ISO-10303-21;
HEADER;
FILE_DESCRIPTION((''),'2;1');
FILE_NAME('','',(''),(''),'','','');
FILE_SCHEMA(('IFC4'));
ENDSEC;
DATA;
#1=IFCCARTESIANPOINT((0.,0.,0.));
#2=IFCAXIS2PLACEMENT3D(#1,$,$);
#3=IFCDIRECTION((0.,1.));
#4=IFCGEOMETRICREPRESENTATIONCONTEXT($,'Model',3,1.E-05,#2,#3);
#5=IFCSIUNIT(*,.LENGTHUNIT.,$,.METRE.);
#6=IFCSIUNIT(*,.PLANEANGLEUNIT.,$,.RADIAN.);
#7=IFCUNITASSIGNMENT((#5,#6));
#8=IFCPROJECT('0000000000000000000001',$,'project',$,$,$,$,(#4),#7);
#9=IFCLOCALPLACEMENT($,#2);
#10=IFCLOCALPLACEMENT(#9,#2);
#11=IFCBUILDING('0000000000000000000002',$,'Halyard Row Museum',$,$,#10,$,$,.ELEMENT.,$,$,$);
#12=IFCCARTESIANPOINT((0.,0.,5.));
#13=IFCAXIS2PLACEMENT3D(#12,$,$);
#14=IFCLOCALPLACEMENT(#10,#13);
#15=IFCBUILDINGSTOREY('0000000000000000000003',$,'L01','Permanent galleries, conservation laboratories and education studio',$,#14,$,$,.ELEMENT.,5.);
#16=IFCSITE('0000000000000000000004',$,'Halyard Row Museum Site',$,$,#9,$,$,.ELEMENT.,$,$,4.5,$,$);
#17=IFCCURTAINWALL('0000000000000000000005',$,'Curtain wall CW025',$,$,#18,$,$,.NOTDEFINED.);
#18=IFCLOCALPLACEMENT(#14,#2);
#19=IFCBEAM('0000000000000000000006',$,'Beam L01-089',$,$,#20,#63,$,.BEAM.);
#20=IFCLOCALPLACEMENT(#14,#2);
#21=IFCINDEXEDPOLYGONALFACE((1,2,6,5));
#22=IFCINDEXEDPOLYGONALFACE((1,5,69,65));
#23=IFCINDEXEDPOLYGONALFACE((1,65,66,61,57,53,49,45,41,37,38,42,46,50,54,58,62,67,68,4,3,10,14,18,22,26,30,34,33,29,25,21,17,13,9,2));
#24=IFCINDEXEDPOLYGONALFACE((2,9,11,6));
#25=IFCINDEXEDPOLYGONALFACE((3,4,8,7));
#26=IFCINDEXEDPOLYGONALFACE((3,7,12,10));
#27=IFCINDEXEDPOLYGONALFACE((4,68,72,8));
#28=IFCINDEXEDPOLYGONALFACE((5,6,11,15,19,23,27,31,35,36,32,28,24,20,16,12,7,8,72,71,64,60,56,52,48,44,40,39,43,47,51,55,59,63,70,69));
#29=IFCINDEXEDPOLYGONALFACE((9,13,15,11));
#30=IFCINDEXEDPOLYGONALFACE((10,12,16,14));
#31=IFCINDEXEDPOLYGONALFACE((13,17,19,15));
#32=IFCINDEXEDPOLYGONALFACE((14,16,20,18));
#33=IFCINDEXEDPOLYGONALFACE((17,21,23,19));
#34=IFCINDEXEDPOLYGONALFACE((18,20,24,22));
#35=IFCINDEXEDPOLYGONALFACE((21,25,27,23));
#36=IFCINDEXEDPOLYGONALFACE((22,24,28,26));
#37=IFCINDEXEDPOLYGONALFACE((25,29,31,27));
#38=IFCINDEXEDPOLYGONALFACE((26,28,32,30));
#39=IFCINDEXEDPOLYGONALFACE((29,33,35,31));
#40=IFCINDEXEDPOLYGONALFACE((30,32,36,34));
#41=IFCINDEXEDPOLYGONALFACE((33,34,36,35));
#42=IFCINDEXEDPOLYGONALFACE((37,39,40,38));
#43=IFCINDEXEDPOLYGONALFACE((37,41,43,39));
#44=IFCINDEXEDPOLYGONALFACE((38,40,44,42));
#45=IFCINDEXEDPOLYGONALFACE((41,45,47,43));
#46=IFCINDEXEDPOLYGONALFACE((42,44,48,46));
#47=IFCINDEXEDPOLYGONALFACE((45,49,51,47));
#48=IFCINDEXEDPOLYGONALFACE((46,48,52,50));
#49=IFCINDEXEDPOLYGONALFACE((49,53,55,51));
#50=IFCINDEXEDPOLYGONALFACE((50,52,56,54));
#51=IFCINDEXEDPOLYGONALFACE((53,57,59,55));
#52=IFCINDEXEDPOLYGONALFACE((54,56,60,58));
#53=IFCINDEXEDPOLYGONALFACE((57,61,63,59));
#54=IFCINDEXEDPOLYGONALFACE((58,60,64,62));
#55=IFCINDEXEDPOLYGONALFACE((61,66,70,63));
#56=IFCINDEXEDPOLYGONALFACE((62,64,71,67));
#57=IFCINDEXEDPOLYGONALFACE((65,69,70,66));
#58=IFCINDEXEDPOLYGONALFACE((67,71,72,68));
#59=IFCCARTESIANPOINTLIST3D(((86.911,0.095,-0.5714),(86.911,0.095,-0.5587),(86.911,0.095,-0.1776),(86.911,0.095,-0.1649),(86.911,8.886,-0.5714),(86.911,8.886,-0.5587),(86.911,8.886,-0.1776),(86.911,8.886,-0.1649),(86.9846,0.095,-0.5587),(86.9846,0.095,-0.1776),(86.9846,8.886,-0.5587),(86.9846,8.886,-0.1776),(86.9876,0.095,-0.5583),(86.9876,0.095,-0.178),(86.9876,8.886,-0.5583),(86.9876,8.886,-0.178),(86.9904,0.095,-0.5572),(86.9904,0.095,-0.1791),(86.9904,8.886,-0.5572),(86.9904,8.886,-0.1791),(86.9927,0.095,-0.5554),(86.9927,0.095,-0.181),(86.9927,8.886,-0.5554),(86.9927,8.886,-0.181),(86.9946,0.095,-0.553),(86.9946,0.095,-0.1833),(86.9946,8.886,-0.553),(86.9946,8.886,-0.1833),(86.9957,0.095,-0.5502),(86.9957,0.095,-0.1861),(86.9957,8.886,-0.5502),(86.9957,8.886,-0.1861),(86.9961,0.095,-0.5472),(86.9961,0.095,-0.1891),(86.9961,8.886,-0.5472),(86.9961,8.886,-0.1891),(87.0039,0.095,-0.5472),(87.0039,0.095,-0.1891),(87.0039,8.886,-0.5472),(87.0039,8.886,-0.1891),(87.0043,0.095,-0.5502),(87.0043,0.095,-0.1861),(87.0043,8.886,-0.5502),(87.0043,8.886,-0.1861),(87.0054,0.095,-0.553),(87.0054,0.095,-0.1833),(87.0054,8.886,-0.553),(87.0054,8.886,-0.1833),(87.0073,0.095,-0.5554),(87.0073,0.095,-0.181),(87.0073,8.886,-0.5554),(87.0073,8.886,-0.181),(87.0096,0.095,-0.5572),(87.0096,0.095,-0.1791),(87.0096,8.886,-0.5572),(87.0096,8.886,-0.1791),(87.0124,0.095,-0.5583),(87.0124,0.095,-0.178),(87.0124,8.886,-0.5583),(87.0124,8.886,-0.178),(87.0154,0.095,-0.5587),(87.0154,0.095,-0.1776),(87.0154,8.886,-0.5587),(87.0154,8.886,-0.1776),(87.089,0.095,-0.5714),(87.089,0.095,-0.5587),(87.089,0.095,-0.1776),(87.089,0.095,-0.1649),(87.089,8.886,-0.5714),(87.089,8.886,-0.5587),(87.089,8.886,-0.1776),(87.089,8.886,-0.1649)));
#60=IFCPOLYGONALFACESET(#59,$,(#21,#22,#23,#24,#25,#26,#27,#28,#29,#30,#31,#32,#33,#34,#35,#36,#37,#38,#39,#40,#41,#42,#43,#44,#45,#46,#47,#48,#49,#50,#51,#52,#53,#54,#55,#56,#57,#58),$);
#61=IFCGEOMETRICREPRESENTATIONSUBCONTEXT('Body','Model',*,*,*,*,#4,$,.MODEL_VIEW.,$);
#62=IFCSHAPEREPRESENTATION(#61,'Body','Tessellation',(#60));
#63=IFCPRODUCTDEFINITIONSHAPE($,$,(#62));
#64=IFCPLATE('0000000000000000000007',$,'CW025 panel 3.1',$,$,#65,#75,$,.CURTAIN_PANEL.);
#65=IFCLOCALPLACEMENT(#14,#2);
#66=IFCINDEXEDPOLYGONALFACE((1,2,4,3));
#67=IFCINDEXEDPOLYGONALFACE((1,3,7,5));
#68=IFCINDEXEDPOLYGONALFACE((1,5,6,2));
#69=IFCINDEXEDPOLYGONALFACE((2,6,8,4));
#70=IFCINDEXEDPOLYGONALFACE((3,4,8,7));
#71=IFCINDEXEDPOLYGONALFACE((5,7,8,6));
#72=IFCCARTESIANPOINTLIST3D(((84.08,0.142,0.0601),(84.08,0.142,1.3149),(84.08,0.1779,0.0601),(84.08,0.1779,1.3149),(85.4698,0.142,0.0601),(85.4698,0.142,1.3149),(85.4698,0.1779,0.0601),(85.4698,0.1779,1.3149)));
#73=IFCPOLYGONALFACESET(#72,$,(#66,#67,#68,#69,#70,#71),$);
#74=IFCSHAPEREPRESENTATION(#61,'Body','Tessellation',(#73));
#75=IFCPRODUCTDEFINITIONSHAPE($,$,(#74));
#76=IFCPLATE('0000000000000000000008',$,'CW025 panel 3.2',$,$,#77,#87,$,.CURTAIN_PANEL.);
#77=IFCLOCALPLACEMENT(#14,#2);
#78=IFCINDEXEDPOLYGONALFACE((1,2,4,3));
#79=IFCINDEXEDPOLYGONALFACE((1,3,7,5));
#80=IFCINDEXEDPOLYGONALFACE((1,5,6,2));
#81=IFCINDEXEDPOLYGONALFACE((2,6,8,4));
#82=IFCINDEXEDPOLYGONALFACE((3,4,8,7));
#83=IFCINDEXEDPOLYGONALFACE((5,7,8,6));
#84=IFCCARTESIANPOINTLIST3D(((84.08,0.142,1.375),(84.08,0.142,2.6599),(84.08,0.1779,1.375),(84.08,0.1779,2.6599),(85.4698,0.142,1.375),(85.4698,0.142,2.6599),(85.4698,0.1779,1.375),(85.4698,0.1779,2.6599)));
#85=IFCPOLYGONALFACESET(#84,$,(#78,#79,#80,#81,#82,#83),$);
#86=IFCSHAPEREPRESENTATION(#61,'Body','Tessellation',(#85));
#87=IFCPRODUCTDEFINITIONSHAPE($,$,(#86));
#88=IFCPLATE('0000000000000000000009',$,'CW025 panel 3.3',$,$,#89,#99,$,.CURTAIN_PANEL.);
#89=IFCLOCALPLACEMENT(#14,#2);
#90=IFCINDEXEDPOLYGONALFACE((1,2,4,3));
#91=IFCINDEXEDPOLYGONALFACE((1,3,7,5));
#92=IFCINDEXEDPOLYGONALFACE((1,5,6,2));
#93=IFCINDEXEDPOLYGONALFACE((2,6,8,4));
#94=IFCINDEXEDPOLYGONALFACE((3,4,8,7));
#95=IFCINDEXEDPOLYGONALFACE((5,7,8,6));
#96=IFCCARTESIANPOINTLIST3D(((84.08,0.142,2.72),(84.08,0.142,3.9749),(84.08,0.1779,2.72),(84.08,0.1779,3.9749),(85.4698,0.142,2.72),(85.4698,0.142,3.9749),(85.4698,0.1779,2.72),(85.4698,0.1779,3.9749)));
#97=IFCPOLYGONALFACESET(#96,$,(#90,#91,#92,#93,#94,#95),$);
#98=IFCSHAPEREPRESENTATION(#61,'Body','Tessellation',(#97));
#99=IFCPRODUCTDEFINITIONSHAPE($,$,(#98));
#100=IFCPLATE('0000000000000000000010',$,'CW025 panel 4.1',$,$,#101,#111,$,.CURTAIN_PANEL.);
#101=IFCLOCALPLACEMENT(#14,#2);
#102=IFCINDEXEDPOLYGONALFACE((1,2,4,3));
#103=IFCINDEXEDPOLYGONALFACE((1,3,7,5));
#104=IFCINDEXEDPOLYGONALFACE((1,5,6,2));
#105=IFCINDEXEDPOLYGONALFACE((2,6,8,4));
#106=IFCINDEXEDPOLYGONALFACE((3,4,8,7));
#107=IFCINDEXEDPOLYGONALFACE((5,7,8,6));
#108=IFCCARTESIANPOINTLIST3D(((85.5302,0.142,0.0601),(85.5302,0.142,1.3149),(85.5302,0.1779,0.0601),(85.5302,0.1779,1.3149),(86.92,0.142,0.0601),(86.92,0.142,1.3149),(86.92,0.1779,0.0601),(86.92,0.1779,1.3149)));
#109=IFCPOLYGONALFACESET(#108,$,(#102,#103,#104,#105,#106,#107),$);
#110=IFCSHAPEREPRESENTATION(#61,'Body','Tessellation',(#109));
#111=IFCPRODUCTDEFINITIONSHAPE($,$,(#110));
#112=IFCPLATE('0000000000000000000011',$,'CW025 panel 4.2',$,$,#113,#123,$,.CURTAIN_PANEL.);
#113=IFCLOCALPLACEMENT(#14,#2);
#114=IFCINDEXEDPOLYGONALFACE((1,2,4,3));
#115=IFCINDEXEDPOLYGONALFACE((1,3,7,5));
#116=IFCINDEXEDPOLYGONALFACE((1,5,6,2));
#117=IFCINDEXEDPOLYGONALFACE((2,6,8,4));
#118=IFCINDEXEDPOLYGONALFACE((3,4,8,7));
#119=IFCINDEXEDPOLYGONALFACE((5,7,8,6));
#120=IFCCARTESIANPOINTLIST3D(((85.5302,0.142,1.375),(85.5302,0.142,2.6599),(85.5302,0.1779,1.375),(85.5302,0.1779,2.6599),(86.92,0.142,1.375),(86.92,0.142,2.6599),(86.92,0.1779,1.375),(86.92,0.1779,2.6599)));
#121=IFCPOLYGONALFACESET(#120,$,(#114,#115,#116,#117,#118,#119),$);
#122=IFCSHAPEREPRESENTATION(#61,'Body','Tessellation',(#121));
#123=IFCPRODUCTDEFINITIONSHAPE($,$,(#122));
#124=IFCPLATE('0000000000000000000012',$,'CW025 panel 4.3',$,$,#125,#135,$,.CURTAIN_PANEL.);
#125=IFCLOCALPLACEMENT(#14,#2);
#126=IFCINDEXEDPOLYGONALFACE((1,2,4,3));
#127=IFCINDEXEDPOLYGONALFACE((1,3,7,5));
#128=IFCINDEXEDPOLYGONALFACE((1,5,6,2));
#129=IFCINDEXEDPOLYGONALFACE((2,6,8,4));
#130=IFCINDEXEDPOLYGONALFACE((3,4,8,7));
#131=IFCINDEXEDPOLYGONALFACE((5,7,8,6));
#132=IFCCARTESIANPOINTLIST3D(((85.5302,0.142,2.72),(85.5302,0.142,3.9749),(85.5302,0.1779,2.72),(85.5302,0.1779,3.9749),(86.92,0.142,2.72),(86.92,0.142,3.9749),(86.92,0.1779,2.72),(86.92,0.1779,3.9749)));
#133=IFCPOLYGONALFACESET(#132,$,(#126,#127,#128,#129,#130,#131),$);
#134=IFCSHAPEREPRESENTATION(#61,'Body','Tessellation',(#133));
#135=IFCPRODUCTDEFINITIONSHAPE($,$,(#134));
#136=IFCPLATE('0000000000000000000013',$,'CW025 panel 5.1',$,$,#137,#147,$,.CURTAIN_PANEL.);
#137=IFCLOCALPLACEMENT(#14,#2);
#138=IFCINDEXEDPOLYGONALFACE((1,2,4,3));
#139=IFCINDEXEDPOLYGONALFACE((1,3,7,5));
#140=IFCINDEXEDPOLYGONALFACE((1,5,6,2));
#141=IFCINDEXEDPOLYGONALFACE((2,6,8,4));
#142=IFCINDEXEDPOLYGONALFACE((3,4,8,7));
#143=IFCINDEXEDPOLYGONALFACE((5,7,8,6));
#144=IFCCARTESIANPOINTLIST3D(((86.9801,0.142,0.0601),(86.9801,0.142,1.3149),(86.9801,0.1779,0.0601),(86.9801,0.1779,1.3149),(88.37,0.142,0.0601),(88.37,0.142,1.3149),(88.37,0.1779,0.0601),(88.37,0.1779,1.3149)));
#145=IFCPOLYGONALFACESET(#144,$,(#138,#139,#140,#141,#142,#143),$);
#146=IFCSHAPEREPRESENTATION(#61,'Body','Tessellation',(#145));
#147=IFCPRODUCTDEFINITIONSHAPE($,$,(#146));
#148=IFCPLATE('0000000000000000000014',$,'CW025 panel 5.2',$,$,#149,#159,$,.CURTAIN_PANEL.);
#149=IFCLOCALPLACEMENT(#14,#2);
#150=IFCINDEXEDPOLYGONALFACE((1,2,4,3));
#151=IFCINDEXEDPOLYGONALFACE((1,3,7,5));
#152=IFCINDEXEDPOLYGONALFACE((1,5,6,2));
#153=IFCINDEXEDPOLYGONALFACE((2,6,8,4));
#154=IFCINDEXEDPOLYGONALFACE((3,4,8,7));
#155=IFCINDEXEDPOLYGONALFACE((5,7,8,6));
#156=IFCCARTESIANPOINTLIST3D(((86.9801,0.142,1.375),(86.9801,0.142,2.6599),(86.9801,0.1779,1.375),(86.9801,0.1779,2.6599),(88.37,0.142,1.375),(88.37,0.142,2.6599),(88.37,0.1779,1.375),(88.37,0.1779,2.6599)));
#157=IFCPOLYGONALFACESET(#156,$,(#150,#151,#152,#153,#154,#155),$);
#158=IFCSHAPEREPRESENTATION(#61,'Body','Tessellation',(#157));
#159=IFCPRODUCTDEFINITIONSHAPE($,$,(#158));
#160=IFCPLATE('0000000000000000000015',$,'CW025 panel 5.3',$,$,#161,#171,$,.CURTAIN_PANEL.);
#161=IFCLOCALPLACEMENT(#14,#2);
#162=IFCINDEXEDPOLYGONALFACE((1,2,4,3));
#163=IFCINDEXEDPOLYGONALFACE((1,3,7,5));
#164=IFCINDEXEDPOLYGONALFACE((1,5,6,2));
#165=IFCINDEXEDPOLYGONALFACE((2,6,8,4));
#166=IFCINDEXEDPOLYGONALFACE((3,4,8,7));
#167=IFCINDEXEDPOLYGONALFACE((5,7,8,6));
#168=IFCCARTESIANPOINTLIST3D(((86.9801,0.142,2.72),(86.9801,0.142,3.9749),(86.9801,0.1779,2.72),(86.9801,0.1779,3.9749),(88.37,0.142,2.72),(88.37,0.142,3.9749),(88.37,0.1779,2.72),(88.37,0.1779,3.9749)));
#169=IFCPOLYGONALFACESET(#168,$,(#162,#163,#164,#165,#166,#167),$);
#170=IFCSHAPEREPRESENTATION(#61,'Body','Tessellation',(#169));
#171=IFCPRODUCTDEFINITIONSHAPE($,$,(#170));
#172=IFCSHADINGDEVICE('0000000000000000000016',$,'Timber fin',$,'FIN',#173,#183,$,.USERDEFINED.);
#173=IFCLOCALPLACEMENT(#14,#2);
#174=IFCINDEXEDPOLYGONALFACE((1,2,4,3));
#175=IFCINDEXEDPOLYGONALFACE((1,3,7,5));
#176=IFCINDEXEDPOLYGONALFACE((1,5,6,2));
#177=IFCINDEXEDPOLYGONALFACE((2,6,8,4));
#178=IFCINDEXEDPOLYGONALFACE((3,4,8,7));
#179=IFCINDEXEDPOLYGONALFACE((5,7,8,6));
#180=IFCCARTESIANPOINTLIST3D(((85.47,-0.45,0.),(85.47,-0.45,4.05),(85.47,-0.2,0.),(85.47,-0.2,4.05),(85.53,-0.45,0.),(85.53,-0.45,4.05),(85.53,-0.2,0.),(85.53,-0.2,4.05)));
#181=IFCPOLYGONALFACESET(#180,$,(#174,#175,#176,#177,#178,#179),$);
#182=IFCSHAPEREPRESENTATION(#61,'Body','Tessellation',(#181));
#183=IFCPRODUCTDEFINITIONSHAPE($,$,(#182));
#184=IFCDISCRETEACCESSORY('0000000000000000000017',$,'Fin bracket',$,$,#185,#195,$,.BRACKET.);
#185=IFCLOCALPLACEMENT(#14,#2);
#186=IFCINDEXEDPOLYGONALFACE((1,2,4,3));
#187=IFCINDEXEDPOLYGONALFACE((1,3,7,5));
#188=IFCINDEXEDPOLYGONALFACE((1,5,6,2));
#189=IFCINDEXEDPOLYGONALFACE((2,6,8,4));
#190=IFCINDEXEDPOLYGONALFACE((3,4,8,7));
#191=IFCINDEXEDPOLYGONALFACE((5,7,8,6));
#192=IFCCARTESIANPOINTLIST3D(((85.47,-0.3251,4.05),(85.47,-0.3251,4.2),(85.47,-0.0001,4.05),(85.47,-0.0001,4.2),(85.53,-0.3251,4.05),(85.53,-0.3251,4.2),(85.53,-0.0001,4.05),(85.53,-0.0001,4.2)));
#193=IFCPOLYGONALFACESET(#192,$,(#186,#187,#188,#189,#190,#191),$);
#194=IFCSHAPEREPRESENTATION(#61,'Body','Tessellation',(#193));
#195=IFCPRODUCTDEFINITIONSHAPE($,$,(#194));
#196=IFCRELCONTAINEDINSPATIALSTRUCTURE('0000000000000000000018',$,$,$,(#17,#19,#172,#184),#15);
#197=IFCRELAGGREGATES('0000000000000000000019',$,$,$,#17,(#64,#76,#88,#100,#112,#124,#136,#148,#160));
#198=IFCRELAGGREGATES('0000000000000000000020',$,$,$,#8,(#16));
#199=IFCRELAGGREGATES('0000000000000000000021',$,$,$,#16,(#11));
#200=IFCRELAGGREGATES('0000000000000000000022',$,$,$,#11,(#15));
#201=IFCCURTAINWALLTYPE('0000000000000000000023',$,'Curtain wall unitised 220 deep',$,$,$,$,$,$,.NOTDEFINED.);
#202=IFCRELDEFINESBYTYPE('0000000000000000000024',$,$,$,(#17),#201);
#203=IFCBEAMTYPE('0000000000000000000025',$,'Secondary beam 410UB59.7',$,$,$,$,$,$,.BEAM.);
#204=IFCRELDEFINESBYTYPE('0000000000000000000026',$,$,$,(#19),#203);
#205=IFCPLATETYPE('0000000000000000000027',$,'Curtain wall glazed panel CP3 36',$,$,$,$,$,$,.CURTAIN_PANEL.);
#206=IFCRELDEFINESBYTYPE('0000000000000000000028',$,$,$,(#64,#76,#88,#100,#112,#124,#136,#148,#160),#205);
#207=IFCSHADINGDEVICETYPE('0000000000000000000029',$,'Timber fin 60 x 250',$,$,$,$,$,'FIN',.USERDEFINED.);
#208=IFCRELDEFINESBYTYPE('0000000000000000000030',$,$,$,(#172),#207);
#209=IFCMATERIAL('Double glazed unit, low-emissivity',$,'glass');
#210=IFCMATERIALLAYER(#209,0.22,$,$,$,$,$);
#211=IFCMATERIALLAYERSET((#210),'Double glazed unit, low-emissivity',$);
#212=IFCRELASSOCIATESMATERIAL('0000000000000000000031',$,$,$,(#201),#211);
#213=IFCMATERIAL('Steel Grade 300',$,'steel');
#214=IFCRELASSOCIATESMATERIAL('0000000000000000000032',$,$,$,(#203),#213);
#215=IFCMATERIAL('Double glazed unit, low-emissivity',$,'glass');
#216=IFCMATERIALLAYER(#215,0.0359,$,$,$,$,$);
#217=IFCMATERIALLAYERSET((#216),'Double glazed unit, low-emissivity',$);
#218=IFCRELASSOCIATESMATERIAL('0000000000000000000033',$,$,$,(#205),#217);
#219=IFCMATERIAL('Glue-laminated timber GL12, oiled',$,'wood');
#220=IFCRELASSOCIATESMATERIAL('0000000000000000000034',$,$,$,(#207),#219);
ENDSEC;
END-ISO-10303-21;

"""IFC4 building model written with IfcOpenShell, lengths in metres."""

from ifc_helpers import new_model, si_unit, direction, frame, origin, origin_2d, place, context, subcontext, project, spatial, rectangle, i_section, extrude, material, layer, layer_set, material_profile, profile_set, type_object, element, aggregate, save


model = new_model("IFC4")

# Units and contexts
model_context = context("Model", 3, precision=1e-05, world=origin(), true_north=direction((0.0, 1.0)))
body_context = subcontext(model_context, "Body", "Model", "MODEL_VIEW")
ifc_project = project(units=[si_unit("LENGTHUNIT", "METRE"), si_unit("PLANEANGLEUNIT", "RADIAN")], contexts=[model_context])

# Site, building, storey
site_placement = place(None, origin())
site = spatial("IfcSite", under=ifc_project, at=site_placement, Name="Halyard Row Museum Site", CompositionType="ELEMENT", RefElevation=4.5)
building_placement = place(site_placement, origin())
building = spatial("IfcBuilding", under=site, at=building_placement, Name="Halyard Row Museum", CompositionType="ELEMENT")
storey_placement = place(building_placement, frame((0.0, 0.0, 5.0)))
storey = spatial("IfcBuildingStorey", under=building, at=storey_placement, Name="L01", Description="Permanent galleries, conservation laboratories and education studio", CompositionType="ELEMENT", Elevation=5.0)

# Curtain wall
ifc_material_1 = material(Name="Double glazed unit, low-emissivity", Category="glass")
ifc_layer_1 = layer(ifc_material_1, 0.22)
ifc_layer_set_1 = layer_set([ifc_layer_1], Name="Double glazed unit, low-emissivity")
curtain_wall_type = type_object("IfcCurtainWallType", Name="Curtain wall unitised 220 deep", PredefinedType="NOTDEFINED", material=ifc_layer_set_1)
curtain_wall_placement = place(storey_placement, origin())
curtain_wall = element("IfcCurtainWall", 1, at=curtain_wall_placement, inside=storey, type_object=curtain_wall_type, Name="Curtain wall CW025", PredefinedType="NOTDEFINED")

# Beam
ifc_material_2 = material(Name="Steel Grade 300", Category="steel")
ifc_material_profile_1 = material_profile(ifc_material_2, i_section(OverallWidth=0.178, OverallDepth=0.4065, WebThickness=0.0078, FlangeThickness=0.0127, FilletRadius=0.0115, at=origin_2d()), Name="410UB59.7")
ifc_profile_set_1 = profile_set([ifc_material_profile_1], Name="Steel Grade 300")
beam_type = type_object("IfcBeamType", Name="Secondary beam 410UB59.7", PredefinedType="BEAM", material=ifc_profile_set_1)
beam_placement = place(storey_placement, frame((87.0, 0.095, -0.3682), z_axis=(0.0, 1.0, 0.0), x_axis=(-1.0, 0.0, 0.0)))
element("IfcBeam", 2, at=beam_placement, inside=storey, type_object=beam_type, Name="Beam L01-089", PredefinedType="BEAM", context=body_context, shape_type="SweptSolid", body=[
    extrude(i_section(OverallWidth=0.178, OverallDepth=0.4065, WebThickness=0.0078, FlangeThickness=0.0127, FilletRadius=0.0115, at=origin_2d()), origin(), (0.0, 0.0, 1.0), 8.791),
])

# Plates
ifc_material_3 = material(Name="Double glazed unit, low-emissivity", Category="glass")
ifc_layer_2 = layer(ifc_material_3, 0.0359)
ifc_layer_set_2 = layer_set([ifc_layer_2], Name="Double glazed unit, low-emissivity")
plate_type = type_object("IfcPlateType", Name="Curtain wall glazed panel CP3 36", PredefinedType="CURTAIN_PANEL", material=ifc_layer_set_2)
plate_1_placement = place(storey_placement, frame((84.7749, 0.1599, 0.0601), z_axis=(0.0, 0.0, 1.0), x_axis=(1.0, 0.0, 0.0)))
plate_1 = element("IfcPlate", 3, at=plate_1_placement, type_object=plate_type, Name="CW025 panel 3.1", PredefinedType="CURTAIN_PANEL", context=body_context, shape_type="SweptSolid", body=[
    extrude(rectangle(XDim=1.3899, YDim=0.0359, at=origin_2d()), origin(), (0.0, 0.0, 1.0), 1.2549),
])
plate_2_placement = place(storey_placement, frame((84.7749, 0.1599, 1.375), z_axis=(0.0, 0.0, 1.0), x_axis=(1.0, 0.0, 0.0)))
plate_2 = element("IfcPlate", 4, at=plate_2_placement, type_object=plate_type, Name="CW025 panel 3.2", PredefinedType="CURTAIN_PANEL", context=body_context, shape_type="SweptSolid", body=[
    extrude(rectangle(XDim=1.3899, YDim=0.0359, at=origin_2d()), origin(), (0.0, 0.0, 1.0), 1.2849),
])
plate_3_placement = place(storey_placement, frame((84.7749, 0.1599, 2.72), z_axis=(0.0, 0.0, 1.0), x_axis=(1.0, 0.0, 0.0)))
plate_3 = element("IfcPlate", 5, at=plate_3_placement, type_object=plate_type, Name="CW025 panel 3.3", PredefinedType="CURTAIN_PANEL", context=body_context, shape_type="SweptSolid", body=[
    extrude(rectangle(XDim=1.3899, YDim=0.0359, at=origin_2d()), origin(), (0.0, 0.0, 1.0), 1.2549),
])
plate_4_placement = place(storey_placement, frame((86.2251, 0.1599, 0.0601), z_axis=(0.0, 0.0, 1.0), x_axis=(1.0, 0.0, 0.0)))
plate_4 = element("IfcPlate", 6, at=plate_4_placement, type_object=plate_type, Name="CW025 panel 4.1", PredefinedType="CURTAIN_PANEL", context=body_context, shape_type="SweptSolid", body=[
    extrude(rectangle(XDim=1.3899, YDim=0.0359, at=origin_2d()), origin(), (0.0, 0.0, 1.0), 1.2549),
])
plate_5_placement = place(storey_placement, frame((86.2251, 0.1599, 1.375), z_axis=(0.0, 0.0, 1.0), x_axis=(1.0, 0.0, 0.0)))
plate_5 = element("IfcPlate", 7, at=plate_5_placement, type_object=plate_type, Name="CW025 panel 4.2", PredefinedType="CURTAIN_PANEL", context=body_context, shape_type="SweptSolid", body=[
    extrude(rectangle(XDim=1.3899, YDim=0.0359, at=origin_2d()), origin(), (0.0, 0.0, 1.0), 1.2849),
])
plate_6_placement = place(storey_placement, frame((86.2251, 0.1599, 2.72), z_axis=(0.0, 0.0, 1.0), x_axis=(1.0, 0.0, 0.0)))
plate_6 = element("IfcPlate", 8, at=plate_6_placement, type_object=plate_type, Name="CW025 panel 4.3", PredefinedType="CURTAIN_PANEL", context=body_context, shape_type="SweptSolid", body=[
    extrude(rectangle(XDim=1.3899, YDim=0.0359, at=origin_2d()), origin(), (0.0, 0.0, 1.0), 1.2549),
])
plate_7_placement = place(storey_placement, frame((87.675, 0.1599, 0.0601), z_axis=(0.0, 0.0, 1.0), x_axis=(1.0, 0.0, 0.0)))
plate_7 = element("IfcPlate", 9, at=plate_7_placement, type_object=plate_type, Name="CW025 panel 5.1", PredefinedType="CURTAIN_PANEL", context=body_context, shape_type="SweptSolid", body=[
    extrude(rectangle(XDim=1.3899, YDim=0.0359, at=origin_2d()), origin(), (0.0, 0.0, 1.0), 1.2549),
])
plate_8_placement = place(storey_placement, frame((87.675, 0.1599, 1.375), z_axis=(0.0, 0.0, 1.0), x_axis=(1.0, 0.0, 0.0)))
plate_8 = element("IfcPlate", 10, at=plate_8_placement, type_object=plate_type, Name="CW025 panel 5.2", PredefinedType="CURTAIN_PANEL", context=body_context, shape_type="SweptSolid", body=[
    extrude(rectangle(XDim=1.3899, YDim=0.0359, at=origin_2d()), origin(), (0.0, 0.0, 1.0), 1.2849),
])
plate_9_placement = place(storey_placement, frame((87.675, 0.1599, 2.72), z_axis=(0.0, 0.0, 1.0), x_axis=(1.0, 0.0, 0.0)))
plate_9 = element("IfcPlate", 11, at=plate_9_placement, type_object=plate_type, Name="CW025 panel 5.3", PredefinedType="CURTAIN_PANEL", context=body_context, shape_type="SweptSolid", body=[
    extrude(rectangle(XDim=1.3899, YDim=0.0359, at=origin_2d()), origin(), (0.0, 0.0, 1.0), 1.2549),
])
aggregate(curtain_wall, [plate_1, plate_2, plate_3, plate_4, plate_5, plate_6, plate_7, plate_8, plate_9])

# Shading device
ifc_material_4 = material(Name="Glue-laminated timber GL12, oiled", Category="wood")
shading_device_type = type_object("IfcShadingDeviceType", Name="Timber fin 60 x 250", ElementType="FIN", PredefinedType="USERDEFINED", material=ifc_material_4)
shading_device_placement = place(storey_placement, frame((85.5, -0.325, 0.0), z_axis=(0.0, 0.0, 1.0), x_axis=(1.0, 0.0, 0.0)))
element("IfcShadingDevice", 12, at=shading_device_placement, inside=storey, type_object=shading_device_type, Name="Timber fin", ObjectType="FIN", PredefinedType="USERDEFINED", context=body_context, shape_type="SweptSolid", body=[
    extrude(rectangle(XDim=0.0601, YDim=0.25, at=origin_2d()), origin(), (0.0, 0.0, 1.0), 4.05),
])

# Discrete accessory
discrete_accessory_placement = place(storey_placement, frame((85.5, -0.1626, 4.05), z_axis=(0.0, 0.0, 1.0), x_axis=(1.0, 0.0, 0.0)))
element("IfcDiscreteAccessory", 13, at=discrete_accessory_placement, inside=storey, Name="Fin bracket", PredefinedType="BRACKET", context=body_context, shape_type="SweptSolid", body=[
    extrude(rectangle(XDim=0.0601, YDim=0.325, at=origin_2d()), origin(), (0.0, 0.0, 1.0), 0.1499),
])

save(model, "model.ifc")
